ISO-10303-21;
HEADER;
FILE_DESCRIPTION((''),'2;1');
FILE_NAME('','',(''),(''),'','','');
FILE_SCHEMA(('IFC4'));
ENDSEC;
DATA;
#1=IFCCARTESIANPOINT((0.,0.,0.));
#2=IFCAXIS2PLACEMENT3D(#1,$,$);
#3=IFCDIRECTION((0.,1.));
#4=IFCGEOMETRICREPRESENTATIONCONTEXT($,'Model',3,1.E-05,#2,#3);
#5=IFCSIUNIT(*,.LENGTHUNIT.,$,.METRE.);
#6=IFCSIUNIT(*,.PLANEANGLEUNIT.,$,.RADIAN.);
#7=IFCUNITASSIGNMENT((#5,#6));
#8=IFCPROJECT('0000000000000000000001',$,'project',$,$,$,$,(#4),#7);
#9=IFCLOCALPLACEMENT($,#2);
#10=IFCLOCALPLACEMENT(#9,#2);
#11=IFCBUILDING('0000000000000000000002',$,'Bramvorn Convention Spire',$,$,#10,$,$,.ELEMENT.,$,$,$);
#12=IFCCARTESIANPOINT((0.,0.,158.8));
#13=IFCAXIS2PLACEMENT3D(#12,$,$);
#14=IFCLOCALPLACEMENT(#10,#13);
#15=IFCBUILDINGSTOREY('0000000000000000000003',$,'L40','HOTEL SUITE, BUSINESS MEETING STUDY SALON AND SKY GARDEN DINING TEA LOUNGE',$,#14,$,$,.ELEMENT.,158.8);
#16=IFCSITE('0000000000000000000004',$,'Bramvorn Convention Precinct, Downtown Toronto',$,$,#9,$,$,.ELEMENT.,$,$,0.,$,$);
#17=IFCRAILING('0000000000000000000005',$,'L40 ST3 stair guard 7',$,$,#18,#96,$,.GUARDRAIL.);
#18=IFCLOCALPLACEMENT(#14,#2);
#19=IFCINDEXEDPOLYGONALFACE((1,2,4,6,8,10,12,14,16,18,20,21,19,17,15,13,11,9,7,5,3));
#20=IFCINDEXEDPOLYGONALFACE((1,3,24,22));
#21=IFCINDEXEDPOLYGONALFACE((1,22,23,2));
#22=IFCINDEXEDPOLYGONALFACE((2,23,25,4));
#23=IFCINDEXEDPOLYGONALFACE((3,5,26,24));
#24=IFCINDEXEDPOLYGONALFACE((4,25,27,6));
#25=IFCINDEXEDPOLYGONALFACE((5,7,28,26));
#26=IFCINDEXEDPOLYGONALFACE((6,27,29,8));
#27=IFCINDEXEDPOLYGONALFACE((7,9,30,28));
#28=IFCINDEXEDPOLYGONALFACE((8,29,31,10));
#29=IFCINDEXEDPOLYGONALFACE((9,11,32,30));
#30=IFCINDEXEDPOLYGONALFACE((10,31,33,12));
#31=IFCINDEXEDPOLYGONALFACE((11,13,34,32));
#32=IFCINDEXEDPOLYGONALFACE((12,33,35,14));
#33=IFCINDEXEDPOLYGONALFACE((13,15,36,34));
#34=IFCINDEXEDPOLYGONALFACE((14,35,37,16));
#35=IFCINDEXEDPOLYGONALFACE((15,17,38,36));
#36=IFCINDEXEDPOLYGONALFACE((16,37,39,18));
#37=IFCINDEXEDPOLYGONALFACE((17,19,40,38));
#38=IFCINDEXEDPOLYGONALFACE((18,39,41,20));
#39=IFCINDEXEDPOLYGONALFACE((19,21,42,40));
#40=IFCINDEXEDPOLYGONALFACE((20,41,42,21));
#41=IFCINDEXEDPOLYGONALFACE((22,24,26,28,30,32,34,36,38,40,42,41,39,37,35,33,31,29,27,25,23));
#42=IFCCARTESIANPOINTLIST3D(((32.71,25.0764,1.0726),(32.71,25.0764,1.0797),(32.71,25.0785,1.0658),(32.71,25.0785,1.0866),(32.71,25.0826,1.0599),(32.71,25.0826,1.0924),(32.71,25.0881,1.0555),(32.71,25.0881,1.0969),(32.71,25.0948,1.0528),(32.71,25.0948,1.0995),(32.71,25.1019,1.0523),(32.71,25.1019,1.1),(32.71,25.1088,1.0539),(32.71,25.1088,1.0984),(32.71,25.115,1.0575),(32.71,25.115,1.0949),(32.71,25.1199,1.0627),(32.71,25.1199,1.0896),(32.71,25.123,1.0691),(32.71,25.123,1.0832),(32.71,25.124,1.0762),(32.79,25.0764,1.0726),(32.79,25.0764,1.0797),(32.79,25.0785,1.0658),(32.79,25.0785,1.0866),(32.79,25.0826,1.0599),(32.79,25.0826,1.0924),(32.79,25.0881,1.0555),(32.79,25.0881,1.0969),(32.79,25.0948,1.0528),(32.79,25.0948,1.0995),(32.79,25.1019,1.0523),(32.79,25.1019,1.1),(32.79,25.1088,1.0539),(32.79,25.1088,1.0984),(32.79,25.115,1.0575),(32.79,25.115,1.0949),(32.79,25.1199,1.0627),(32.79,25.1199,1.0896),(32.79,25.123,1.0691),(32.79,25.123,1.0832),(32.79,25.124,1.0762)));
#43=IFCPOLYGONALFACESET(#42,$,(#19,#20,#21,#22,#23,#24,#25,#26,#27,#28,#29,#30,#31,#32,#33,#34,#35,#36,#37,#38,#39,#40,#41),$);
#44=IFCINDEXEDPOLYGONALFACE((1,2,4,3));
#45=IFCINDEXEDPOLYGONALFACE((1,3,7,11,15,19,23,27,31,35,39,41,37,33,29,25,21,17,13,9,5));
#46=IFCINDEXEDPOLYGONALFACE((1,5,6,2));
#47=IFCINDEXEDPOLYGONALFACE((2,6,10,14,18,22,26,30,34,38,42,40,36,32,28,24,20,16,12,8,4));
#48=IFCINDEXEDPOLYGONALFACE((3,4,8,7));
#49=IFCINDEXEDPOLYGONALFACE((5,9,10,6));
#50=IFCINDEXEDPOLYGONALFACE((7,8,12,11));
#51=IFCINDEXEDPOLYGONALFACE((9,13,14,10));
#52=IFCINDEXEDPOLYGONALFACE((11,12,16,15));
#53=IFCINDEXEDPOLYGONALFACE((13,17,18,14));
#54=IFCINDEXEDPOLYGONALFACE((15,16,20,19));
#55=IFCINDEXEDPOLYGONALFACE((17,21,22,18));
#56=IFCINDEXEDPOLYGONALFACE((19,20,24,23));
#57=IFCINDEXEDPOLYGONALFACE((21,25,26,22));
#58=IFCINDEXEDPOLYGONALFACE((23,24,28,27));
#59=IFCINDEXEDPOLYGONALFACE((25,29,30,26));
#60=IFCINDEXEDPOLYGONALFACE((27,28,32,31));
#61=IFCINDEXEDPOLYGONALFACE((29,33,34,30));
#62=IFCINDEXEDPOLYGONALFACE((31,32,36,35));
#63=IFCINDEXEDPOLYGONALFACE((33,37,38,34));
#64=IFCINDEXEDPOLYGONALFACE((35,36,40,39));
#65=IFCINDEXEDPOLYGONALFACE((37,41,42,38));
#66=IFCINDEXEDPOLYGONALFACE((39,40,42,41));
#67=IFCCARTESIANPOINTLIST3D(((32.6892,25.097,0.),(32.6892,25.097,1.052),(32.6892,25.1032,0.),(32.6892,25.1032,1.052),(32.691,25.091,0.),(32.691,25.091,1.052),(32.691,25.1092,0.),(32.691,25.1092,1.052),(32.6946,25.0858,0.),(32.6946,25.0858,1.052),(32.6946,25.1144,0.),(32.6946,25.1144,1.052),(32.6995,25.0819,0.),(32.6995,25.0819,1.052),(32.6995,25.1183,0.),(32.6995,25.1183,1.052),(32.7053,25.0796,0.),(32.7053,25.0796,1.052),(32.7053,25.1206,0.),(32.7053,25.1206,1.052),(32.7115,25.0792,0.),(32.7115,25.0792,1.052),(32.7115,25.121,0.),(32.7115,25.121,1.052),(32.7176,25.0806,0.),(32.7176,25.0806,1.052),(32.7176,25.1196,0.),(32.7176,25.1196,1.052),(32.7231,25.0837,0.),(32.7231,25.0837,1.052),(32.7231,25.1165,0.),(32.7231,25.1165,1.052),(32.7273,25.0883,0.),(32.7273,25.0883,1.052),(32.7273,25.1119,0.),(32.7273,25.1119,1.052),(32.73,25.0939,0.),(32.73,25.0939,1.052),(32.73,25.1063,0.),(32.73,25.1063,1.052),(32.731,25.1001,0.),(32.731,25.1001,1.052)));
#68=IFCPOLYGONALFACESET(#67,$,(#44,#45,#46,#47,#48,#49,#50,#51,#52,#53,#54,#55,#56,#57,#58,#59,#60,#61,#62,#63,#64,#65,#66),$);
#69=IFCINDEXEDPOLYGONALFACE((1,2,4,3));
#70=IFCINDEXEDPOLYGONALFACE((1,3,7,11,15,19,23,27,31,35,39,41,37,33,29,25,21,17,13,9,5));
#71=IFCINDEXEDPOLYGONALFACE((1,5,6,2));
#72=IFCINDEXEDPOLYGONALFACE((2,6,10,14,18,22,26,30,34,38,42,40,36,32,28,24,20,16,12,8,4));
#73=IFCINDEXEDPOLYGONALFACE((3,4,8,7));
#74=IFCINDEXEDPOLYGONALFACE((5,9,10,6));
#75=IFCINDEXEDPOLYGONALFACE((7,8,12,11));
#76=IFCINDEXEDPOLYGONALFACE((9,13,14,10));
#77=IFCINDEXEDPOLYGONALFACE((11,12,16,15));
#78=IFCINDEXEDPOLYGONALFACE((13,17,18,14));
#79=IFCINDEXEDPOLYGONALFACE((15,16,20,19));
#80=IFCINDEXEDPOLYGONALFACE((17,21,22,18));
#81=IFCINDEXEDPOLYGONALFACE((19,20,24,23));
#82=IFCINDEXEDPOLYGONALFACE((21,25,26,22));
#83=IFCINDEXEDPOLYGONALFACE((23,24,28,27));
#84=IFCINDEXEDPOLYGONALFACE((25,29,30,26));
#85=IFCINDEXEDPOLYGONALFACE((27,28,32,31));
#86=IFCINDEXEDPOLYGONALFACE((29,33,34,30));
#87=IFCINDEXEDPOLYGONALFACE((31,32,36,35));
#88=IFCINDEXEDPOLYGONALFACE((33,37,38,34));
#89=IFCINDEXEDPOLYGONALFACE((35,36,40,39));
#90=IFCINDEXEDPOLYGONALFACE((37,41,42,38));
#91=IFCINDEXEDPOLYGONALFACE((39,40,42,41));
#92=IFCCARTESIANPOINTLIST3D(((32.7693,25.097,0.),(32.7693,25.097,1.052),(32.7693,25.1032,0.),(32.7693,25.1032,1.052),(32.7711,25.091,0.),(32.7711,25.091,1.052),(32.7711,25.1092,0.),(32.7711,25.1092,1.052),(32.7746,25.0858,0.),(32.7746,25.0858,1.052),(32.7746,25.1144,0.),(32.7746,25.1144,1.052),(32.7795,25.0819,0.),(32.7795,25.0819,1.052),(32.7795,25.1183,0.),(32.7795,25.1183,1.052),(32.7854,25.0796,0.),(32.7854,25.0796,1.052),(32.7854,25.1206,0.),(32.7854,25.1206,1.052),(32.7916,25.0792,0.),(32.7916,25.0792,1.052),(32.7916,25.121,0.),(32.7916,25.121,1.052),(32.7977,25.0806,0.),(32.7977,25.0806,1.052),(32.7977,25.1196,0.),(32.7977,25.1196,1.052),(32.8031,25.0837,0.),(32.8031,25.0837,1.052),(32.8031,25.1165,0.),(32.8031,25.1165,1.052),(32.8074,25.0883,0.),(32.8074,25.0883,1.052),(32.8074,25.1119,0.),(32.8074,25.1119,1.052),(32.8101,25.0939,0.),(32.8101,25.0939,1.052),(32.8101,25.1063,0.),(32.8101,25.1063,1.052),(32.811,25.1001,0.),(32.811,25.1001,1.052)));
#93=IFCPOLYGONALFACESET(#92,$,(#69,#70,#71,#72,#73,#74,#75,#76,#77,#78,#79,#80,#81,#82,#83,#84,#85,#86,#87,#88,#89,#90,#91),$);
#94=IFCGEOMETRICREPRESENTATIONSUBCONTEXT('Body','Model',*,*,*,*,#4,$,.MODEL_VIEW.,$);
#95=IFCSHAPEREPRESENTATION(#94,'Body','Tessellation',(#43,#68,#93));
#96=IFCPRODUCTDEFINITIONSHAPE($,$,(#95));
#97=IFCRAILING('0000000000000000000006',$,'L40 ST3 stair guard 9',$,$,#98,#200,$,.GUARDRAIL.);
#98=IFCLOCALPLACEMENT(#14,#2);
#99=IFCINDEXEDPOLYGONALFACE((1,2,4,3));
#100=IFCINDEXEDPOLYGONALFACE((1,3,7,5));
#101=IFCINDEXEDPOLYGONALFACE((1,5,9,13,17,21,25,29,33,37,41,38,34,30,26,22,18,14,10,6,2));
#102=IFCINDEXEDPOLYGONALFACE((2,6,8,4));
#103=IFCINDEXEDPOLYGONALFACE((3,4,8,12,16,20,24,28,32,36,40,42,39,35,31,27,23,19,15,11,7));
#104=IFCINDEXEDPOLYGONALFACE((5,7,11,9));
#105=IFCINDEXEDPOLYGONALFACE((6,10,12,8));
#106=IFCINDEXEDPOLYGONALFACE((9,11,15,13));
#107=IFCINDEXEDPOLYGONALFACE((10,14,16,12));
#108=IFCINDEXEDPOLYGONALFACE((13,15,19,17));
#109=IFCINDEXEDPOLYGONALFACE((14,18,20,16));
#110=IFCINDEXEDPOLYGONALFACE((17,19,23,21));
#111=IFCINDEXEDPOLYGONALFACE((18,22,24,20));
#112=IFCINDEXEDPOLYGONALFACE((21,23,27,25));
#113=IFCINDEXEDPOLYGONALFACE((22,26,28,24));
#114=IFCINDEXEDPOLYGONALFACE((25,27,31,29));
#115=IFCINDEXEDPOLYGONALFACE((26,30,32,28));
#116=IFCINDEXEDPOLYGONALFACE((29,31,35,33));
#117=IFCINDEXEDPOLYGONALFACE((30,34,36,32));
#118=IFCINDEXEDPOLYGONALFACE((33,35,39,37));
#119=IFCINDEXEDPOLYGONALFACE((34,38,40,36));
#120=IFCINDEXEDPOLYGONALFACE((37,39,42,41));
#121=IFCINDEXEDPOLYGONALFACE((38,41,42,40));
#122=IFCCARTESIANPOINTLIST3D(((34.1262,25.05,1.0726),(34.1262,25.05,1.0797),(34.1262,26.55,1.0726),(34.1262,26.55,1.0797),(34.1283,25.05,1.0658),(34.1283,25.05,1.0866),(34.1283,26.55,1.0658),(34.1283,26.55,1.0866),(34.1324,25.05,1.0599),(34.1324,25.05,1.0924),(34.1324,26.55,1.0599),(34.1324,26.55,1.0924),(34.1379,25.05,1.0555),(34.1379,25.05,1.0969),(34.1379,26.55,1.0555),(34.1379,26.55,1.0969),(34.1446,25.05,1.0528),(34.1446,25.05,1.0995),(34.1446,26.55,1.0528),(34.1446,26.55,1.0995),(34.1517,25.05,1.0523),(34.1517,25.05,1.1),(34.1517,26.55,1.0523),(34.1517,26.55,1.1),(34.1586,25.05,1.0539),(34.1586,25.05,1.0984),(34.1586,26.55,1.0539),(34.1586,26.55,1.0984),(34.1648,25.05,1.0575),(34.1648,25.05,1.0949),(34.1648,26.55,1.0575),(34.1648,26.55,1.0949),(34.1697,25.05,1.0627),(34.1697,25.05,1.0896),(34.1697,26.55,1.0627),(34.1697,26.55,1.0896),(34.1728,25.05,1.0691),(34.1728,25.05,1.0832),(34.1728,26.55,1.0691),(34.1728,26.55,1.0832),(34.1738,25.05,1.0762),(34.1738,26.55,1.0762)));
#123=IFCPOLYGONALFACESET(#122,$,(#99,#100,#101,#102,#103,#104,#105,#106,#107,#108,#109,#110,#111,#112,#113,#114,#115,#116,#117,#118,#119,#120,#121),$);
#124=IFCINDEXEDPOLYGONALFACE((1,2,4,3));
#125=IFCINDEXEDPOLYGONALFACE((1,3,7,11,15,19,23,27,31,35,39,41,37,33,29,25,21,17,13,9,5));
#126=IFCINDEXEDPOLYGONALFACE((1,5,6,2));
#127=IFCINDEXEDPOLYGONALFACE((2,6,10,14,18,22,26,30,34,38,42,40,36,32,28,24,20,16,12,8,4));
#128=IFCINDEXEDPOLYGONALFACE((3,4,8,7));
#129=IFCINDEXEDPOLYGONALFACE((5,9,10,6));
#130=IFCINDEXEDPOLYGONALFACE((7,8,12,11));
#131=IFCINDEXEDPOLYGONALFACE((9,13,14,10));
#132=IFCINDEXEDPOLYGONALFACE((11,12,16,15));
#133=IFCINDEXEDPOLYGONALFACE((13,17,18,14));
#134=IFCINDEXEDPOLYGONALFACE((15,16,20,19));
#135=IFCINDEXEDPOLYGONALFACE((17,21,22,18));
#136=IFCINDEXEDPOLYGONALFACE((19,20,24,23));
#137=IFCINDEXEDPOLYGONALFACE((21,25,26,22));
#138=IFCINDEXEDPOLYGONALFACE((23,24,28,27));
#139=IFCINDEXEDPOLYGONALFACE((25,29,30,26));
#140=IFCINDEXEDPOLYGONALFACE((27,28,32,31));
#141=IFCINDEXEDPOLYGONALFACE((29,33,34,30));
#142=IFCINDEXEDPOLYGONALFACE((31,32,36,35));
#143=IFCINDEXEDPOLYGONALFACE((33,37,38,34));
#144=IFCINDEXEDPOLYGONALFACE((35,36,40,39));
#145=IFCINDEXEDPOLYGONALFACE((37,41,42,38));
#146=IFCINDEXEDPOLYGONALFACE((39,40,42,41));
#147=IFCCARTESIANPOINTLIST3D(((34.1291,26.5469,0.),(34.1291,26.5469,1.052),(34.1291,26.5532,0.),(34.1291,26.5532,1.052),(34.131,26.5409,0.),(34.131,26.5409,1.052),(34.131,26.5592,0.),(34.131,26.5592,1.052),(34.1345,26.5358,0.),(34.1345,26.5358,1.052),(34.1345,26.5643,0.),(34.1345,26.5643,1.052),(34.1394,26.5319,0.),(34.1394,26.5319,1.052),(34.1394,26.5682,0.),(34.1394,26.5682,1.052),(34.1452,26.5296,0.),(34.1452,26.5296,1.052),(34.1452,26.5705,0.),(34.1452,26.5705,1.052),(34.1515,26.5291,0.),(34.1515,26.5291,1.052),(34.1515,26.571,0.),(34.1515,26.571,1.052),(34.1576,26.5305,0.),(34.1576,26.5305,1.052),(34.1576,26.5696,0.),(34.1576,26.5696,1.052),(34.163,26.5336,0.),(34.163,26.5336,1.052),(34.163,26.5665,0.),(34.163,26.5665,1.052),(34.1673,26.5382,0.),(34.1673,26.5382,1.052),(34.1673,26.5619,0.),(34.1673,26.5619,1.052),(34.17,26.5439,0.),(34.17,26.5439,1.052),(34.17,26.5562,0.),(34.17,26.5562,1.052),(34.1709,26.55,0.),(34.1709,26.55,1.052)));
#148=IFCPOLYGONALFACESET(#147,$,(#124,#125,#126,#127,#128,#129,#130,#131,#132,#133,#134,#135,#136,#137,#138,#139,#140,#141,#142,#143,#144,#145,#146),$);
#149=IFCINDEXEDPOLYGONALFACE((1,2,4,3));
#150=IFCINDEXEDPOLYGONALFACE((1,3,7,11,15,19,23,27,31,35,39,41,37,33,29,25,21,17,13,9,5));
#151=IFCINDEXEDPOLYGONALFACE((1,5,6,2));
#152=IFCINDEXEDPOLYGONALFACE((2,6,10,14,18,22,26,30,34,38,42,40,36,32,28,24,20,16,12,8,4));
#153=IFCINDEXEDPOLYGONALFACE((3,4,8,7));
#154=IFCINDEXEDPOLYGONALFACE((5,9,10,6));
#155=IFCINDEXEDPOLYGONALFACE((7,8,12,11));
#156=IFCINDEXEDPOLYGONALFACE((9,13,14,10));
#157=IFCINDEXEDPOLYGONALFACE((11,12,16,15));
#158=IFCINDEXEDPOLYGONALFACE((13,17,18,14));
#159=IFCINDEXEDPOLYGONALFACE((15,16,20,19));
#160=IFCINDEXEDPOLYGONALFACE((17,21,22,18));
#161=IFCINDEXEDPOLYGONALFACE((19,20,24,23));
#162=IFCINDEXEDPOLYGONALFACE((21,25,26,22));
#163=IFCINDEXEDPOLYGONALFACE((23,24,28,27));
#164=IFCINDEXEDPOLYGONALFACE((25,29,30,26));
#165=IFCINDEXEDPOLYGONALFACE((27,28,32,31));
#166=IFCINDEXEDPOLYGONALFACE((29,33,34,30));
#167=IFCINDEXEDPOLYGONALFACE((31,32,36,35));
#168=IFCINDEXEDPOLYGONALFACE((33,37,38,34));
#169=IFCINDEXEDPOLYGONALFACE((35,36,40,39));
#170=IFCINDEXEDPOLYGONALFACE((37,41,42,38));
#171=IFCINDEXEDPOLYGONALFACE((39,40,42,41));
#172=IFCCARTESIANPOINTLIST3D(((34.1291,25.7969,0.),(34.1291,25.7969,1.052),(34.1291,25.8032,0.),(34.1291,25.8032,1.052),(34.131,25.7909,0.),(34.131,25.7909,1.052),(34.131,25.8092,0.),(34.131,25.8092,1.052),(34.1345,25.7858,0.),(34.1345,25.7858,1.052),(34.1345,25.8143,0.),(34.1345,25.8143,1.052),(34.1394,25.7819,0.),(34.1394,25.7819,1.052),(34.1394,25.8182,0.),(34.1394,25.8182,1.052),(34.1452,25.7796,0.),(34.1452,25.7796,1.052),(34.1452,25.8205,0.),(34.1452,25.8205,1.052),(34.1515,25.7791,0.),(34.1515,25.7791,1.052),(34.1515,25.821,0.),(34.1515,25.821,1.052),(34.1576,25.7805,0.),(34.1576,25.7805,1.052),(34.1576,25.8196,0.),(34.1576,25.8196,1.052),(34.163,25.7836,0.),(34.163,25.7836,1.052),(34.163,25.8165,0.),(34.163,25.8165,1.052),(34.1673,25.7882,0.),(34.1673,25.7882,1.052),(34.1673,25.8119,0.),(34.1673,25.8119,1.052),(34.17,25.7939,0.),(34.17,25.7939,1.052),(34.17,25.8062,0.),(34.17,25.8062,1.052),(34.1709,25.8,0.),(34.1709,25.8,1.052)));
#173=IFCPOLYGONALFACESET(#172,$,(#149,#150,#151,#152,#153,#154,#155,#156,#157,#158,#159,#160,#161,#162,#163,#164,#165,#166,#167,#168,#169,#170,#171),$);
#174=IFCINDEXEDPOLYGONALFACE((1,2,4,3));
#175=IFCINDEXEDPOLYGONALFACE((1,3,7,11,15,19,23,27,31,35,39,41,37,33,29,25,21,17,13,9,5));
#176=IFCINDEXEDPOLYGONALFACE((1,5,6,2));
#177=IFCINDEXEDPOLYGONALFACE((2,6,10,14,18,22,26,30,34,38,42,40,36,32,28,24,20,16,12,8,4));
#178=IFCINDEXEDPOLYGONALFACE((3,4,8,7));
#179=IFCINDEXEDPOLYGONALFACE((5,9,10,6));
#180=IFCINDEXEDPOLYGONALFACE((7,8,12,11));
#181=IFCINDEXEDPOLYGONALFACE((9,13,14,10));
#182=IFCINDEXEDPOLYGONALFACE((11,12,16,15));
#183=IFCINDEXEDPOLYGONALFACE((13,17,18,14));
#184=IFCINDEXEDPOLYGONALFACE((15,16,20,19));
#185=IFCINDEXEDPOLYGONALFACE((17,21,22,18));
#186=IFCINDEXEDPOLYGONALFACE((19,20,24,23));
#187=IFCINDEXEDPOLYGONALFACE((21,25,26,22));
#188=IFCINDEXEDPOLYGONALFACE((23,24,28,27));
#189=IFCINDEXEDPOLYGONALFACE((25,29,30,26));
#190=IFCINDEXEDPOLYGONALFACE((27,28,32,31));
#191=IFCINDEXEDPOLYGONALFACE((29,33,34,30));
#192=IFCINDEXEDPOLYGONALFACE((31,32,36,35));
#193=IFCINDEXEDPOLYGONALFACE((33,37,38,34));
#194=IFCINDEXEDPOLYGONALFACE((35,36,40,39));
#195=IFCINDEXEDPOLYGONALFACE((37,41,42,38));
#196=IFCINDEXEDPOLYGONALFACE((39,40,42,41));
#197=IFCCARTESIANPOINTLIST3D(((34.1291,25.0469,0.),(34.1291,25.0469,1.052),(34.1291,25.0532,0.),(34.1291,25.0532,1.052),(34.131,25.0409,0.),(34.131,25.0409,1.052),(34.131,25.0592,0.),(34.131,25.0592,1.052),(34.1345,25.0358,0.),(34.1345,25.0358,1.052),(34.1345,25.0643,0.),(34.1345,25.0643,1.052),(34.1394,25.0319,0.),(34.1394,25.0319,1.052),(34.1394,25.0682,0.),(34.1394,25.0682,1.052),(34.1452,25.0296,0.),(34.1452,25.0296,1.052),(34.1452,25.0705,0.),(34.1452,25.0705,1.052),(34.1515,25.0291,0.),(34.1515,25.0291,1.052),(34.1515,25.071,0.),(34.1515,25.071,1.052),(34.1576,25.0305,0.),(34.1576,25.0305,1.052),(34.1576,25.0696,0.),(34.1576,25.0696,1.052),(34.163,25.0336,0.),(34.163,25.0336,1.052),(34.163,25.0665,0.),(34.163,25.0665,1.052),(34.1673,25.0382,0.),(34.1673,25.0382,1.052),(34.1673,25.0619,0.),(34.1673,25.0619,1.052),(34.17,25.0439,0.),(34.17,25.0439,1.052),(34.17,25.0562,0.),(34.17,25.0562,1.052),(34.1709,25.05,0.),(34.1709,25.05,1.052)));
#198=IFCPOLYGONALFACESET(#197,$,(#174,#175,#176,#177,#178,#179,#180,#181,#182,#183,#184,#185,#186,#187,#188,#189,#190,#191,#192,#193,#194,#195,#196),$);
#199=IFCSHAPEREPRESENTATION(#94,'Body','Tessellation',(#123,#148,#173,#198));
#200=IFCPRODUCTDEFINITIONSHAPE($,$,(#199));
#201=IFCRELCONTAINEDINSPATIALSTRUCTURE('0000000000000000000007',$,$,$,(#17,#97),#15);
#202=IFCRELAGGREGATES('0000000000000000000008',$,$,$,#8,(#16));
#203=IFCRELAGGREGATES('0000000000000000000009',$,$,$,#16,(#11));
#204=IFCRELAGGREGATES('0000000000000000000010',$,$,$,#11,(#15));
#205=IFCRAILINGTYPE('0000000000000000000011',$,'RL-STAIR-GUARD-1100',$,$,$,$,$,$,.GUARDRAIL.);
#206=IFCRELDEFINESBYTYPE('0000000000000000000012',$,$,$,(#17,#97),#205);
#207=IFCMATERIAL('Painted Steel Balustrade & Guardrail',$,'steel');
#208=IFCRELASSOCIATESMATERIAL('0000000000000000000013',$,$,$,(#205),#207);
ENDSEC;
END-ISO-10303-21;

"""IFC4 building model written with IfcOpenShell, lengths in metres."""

from ifc_helpers import new_model, si_unit, direction, frame, origin, origin_2d, place, context, subcontext, project, spatial, circle, extrude, material, type_object, element, save


model = new_model("IFC4")

# Units and contexts
model_context = context("Model", 3, precision=1e-05, world=origin(), true_north=direction((0.0, 1.0)))
body_context = subcontext(model_context, "Body", "Model", "MODEL_VIEW")
ifc_project = project(units=[si_unit("LENGTHUNIT", "METRE"), si_unit("PLANEANGLEUNIT", "RADIAN")], contexts=[model_context])

# Site, building, storey
site_placement = place(None, origin())
site = spatial("IfcSite", under=ifc_project, at=site_placement, Name="Bramvorn Convention Precinct, Downtown Toronto", CompositionType="ELEMENT", RefElevation=0.0)
building_placement = place(site_placement, origin())
building = spatial("IfcBuilding", under=site, at=building_placement, Name="Bramvorn Convention Spire", CompositionType="ELEMENT")
storey_placement = place(building_placement, frame((0.0, 0.0, 158.8)))
storey = spatial("IfcBuildingStorey", under=building, at=storey_placement, Name="L40", Description="HOTEL SUITE, BUSINESS MEETING STUDY SALON AND SKY GARDEN DINING TEA LOUNGE", CompositionType="ELEMENT", Elevation=158.8)

# Railings
ifc_material_1 = material(Name="Painted Steel Balustrade & Guardrail", Category="steel")
railing_type_1 = type_object("IfcRailingType", Name="RL-STAIR-GUARD-1100", PredefinedType="GUARDRAIL", material=ifc_material_1)
railing_1_placement = place(storey_placement, frame((32.71, 25.1001, 0.0)))
element("IfcRailing", 1, at=railing_1_placement, inside=storey, type_object=railing_type_1, Name="L40 ST3 stair guard 7", PredefinedType="GUARDRAIL", context=body_context, shape_type="SweptSolid", body=[
    extrude(circle(Radius=0.0239, at=origin_2d()), frame((0.0, 0.0, 1.0762), z_axis=(1.0, 0.0, 0.0), x_axis=(0.0, 1.0, 0.0)), (0.0, 0.0, 1.0), 0.0801),
    extrude(circle(Radius=0.021, at=origin_2d()), origin(), (0.0, 0.0, 1.0), 1.052),
    extrude(circle(Radius=0.021, at=origin_2d()), frame((0.0801, 0.0, 0.0)), (0.0, 0.0, 1.0), 1.052),
])
railing_2_placement = place(storey_placement, frame((34.1499, 26.55, 0.0)))
element("IfcRailing", 2, at=railing_2_placement, inside=storey, type_object=railing_type_1, Name="L40 ST3 stair guard 9", PredefinedType="GUARDRAIL", context=body_context, shape_type="SweptSolid", body=[
    extrude(circle(Radius=0.0239, at=origin_2d()), frame((0.0, 0.0, 1.0762), z_axis=(0.0, -1.0, 0.0), x_axis=(1.0, 0.0, 0.0)), (0.0, 0.0, 1.0), 1.5),
    extrude(circle(Radius=0.021, at=origin_2d()), origin(), (0.0, 0.0, 1.0), 1.052),
    extrude(circle(Radius=0.021, at=origin_2d()), frame((0.0, -0.75, 0.0)), (0.0, 0.0, 1.0), 1.052),
    extrude(circle(Radius=0.021, at=origin_2d()), frame((0.0, -1.5, 0.0)), (0.0, 0.0, 1.0), 1.052),
])

save(model, "model.ifc")
